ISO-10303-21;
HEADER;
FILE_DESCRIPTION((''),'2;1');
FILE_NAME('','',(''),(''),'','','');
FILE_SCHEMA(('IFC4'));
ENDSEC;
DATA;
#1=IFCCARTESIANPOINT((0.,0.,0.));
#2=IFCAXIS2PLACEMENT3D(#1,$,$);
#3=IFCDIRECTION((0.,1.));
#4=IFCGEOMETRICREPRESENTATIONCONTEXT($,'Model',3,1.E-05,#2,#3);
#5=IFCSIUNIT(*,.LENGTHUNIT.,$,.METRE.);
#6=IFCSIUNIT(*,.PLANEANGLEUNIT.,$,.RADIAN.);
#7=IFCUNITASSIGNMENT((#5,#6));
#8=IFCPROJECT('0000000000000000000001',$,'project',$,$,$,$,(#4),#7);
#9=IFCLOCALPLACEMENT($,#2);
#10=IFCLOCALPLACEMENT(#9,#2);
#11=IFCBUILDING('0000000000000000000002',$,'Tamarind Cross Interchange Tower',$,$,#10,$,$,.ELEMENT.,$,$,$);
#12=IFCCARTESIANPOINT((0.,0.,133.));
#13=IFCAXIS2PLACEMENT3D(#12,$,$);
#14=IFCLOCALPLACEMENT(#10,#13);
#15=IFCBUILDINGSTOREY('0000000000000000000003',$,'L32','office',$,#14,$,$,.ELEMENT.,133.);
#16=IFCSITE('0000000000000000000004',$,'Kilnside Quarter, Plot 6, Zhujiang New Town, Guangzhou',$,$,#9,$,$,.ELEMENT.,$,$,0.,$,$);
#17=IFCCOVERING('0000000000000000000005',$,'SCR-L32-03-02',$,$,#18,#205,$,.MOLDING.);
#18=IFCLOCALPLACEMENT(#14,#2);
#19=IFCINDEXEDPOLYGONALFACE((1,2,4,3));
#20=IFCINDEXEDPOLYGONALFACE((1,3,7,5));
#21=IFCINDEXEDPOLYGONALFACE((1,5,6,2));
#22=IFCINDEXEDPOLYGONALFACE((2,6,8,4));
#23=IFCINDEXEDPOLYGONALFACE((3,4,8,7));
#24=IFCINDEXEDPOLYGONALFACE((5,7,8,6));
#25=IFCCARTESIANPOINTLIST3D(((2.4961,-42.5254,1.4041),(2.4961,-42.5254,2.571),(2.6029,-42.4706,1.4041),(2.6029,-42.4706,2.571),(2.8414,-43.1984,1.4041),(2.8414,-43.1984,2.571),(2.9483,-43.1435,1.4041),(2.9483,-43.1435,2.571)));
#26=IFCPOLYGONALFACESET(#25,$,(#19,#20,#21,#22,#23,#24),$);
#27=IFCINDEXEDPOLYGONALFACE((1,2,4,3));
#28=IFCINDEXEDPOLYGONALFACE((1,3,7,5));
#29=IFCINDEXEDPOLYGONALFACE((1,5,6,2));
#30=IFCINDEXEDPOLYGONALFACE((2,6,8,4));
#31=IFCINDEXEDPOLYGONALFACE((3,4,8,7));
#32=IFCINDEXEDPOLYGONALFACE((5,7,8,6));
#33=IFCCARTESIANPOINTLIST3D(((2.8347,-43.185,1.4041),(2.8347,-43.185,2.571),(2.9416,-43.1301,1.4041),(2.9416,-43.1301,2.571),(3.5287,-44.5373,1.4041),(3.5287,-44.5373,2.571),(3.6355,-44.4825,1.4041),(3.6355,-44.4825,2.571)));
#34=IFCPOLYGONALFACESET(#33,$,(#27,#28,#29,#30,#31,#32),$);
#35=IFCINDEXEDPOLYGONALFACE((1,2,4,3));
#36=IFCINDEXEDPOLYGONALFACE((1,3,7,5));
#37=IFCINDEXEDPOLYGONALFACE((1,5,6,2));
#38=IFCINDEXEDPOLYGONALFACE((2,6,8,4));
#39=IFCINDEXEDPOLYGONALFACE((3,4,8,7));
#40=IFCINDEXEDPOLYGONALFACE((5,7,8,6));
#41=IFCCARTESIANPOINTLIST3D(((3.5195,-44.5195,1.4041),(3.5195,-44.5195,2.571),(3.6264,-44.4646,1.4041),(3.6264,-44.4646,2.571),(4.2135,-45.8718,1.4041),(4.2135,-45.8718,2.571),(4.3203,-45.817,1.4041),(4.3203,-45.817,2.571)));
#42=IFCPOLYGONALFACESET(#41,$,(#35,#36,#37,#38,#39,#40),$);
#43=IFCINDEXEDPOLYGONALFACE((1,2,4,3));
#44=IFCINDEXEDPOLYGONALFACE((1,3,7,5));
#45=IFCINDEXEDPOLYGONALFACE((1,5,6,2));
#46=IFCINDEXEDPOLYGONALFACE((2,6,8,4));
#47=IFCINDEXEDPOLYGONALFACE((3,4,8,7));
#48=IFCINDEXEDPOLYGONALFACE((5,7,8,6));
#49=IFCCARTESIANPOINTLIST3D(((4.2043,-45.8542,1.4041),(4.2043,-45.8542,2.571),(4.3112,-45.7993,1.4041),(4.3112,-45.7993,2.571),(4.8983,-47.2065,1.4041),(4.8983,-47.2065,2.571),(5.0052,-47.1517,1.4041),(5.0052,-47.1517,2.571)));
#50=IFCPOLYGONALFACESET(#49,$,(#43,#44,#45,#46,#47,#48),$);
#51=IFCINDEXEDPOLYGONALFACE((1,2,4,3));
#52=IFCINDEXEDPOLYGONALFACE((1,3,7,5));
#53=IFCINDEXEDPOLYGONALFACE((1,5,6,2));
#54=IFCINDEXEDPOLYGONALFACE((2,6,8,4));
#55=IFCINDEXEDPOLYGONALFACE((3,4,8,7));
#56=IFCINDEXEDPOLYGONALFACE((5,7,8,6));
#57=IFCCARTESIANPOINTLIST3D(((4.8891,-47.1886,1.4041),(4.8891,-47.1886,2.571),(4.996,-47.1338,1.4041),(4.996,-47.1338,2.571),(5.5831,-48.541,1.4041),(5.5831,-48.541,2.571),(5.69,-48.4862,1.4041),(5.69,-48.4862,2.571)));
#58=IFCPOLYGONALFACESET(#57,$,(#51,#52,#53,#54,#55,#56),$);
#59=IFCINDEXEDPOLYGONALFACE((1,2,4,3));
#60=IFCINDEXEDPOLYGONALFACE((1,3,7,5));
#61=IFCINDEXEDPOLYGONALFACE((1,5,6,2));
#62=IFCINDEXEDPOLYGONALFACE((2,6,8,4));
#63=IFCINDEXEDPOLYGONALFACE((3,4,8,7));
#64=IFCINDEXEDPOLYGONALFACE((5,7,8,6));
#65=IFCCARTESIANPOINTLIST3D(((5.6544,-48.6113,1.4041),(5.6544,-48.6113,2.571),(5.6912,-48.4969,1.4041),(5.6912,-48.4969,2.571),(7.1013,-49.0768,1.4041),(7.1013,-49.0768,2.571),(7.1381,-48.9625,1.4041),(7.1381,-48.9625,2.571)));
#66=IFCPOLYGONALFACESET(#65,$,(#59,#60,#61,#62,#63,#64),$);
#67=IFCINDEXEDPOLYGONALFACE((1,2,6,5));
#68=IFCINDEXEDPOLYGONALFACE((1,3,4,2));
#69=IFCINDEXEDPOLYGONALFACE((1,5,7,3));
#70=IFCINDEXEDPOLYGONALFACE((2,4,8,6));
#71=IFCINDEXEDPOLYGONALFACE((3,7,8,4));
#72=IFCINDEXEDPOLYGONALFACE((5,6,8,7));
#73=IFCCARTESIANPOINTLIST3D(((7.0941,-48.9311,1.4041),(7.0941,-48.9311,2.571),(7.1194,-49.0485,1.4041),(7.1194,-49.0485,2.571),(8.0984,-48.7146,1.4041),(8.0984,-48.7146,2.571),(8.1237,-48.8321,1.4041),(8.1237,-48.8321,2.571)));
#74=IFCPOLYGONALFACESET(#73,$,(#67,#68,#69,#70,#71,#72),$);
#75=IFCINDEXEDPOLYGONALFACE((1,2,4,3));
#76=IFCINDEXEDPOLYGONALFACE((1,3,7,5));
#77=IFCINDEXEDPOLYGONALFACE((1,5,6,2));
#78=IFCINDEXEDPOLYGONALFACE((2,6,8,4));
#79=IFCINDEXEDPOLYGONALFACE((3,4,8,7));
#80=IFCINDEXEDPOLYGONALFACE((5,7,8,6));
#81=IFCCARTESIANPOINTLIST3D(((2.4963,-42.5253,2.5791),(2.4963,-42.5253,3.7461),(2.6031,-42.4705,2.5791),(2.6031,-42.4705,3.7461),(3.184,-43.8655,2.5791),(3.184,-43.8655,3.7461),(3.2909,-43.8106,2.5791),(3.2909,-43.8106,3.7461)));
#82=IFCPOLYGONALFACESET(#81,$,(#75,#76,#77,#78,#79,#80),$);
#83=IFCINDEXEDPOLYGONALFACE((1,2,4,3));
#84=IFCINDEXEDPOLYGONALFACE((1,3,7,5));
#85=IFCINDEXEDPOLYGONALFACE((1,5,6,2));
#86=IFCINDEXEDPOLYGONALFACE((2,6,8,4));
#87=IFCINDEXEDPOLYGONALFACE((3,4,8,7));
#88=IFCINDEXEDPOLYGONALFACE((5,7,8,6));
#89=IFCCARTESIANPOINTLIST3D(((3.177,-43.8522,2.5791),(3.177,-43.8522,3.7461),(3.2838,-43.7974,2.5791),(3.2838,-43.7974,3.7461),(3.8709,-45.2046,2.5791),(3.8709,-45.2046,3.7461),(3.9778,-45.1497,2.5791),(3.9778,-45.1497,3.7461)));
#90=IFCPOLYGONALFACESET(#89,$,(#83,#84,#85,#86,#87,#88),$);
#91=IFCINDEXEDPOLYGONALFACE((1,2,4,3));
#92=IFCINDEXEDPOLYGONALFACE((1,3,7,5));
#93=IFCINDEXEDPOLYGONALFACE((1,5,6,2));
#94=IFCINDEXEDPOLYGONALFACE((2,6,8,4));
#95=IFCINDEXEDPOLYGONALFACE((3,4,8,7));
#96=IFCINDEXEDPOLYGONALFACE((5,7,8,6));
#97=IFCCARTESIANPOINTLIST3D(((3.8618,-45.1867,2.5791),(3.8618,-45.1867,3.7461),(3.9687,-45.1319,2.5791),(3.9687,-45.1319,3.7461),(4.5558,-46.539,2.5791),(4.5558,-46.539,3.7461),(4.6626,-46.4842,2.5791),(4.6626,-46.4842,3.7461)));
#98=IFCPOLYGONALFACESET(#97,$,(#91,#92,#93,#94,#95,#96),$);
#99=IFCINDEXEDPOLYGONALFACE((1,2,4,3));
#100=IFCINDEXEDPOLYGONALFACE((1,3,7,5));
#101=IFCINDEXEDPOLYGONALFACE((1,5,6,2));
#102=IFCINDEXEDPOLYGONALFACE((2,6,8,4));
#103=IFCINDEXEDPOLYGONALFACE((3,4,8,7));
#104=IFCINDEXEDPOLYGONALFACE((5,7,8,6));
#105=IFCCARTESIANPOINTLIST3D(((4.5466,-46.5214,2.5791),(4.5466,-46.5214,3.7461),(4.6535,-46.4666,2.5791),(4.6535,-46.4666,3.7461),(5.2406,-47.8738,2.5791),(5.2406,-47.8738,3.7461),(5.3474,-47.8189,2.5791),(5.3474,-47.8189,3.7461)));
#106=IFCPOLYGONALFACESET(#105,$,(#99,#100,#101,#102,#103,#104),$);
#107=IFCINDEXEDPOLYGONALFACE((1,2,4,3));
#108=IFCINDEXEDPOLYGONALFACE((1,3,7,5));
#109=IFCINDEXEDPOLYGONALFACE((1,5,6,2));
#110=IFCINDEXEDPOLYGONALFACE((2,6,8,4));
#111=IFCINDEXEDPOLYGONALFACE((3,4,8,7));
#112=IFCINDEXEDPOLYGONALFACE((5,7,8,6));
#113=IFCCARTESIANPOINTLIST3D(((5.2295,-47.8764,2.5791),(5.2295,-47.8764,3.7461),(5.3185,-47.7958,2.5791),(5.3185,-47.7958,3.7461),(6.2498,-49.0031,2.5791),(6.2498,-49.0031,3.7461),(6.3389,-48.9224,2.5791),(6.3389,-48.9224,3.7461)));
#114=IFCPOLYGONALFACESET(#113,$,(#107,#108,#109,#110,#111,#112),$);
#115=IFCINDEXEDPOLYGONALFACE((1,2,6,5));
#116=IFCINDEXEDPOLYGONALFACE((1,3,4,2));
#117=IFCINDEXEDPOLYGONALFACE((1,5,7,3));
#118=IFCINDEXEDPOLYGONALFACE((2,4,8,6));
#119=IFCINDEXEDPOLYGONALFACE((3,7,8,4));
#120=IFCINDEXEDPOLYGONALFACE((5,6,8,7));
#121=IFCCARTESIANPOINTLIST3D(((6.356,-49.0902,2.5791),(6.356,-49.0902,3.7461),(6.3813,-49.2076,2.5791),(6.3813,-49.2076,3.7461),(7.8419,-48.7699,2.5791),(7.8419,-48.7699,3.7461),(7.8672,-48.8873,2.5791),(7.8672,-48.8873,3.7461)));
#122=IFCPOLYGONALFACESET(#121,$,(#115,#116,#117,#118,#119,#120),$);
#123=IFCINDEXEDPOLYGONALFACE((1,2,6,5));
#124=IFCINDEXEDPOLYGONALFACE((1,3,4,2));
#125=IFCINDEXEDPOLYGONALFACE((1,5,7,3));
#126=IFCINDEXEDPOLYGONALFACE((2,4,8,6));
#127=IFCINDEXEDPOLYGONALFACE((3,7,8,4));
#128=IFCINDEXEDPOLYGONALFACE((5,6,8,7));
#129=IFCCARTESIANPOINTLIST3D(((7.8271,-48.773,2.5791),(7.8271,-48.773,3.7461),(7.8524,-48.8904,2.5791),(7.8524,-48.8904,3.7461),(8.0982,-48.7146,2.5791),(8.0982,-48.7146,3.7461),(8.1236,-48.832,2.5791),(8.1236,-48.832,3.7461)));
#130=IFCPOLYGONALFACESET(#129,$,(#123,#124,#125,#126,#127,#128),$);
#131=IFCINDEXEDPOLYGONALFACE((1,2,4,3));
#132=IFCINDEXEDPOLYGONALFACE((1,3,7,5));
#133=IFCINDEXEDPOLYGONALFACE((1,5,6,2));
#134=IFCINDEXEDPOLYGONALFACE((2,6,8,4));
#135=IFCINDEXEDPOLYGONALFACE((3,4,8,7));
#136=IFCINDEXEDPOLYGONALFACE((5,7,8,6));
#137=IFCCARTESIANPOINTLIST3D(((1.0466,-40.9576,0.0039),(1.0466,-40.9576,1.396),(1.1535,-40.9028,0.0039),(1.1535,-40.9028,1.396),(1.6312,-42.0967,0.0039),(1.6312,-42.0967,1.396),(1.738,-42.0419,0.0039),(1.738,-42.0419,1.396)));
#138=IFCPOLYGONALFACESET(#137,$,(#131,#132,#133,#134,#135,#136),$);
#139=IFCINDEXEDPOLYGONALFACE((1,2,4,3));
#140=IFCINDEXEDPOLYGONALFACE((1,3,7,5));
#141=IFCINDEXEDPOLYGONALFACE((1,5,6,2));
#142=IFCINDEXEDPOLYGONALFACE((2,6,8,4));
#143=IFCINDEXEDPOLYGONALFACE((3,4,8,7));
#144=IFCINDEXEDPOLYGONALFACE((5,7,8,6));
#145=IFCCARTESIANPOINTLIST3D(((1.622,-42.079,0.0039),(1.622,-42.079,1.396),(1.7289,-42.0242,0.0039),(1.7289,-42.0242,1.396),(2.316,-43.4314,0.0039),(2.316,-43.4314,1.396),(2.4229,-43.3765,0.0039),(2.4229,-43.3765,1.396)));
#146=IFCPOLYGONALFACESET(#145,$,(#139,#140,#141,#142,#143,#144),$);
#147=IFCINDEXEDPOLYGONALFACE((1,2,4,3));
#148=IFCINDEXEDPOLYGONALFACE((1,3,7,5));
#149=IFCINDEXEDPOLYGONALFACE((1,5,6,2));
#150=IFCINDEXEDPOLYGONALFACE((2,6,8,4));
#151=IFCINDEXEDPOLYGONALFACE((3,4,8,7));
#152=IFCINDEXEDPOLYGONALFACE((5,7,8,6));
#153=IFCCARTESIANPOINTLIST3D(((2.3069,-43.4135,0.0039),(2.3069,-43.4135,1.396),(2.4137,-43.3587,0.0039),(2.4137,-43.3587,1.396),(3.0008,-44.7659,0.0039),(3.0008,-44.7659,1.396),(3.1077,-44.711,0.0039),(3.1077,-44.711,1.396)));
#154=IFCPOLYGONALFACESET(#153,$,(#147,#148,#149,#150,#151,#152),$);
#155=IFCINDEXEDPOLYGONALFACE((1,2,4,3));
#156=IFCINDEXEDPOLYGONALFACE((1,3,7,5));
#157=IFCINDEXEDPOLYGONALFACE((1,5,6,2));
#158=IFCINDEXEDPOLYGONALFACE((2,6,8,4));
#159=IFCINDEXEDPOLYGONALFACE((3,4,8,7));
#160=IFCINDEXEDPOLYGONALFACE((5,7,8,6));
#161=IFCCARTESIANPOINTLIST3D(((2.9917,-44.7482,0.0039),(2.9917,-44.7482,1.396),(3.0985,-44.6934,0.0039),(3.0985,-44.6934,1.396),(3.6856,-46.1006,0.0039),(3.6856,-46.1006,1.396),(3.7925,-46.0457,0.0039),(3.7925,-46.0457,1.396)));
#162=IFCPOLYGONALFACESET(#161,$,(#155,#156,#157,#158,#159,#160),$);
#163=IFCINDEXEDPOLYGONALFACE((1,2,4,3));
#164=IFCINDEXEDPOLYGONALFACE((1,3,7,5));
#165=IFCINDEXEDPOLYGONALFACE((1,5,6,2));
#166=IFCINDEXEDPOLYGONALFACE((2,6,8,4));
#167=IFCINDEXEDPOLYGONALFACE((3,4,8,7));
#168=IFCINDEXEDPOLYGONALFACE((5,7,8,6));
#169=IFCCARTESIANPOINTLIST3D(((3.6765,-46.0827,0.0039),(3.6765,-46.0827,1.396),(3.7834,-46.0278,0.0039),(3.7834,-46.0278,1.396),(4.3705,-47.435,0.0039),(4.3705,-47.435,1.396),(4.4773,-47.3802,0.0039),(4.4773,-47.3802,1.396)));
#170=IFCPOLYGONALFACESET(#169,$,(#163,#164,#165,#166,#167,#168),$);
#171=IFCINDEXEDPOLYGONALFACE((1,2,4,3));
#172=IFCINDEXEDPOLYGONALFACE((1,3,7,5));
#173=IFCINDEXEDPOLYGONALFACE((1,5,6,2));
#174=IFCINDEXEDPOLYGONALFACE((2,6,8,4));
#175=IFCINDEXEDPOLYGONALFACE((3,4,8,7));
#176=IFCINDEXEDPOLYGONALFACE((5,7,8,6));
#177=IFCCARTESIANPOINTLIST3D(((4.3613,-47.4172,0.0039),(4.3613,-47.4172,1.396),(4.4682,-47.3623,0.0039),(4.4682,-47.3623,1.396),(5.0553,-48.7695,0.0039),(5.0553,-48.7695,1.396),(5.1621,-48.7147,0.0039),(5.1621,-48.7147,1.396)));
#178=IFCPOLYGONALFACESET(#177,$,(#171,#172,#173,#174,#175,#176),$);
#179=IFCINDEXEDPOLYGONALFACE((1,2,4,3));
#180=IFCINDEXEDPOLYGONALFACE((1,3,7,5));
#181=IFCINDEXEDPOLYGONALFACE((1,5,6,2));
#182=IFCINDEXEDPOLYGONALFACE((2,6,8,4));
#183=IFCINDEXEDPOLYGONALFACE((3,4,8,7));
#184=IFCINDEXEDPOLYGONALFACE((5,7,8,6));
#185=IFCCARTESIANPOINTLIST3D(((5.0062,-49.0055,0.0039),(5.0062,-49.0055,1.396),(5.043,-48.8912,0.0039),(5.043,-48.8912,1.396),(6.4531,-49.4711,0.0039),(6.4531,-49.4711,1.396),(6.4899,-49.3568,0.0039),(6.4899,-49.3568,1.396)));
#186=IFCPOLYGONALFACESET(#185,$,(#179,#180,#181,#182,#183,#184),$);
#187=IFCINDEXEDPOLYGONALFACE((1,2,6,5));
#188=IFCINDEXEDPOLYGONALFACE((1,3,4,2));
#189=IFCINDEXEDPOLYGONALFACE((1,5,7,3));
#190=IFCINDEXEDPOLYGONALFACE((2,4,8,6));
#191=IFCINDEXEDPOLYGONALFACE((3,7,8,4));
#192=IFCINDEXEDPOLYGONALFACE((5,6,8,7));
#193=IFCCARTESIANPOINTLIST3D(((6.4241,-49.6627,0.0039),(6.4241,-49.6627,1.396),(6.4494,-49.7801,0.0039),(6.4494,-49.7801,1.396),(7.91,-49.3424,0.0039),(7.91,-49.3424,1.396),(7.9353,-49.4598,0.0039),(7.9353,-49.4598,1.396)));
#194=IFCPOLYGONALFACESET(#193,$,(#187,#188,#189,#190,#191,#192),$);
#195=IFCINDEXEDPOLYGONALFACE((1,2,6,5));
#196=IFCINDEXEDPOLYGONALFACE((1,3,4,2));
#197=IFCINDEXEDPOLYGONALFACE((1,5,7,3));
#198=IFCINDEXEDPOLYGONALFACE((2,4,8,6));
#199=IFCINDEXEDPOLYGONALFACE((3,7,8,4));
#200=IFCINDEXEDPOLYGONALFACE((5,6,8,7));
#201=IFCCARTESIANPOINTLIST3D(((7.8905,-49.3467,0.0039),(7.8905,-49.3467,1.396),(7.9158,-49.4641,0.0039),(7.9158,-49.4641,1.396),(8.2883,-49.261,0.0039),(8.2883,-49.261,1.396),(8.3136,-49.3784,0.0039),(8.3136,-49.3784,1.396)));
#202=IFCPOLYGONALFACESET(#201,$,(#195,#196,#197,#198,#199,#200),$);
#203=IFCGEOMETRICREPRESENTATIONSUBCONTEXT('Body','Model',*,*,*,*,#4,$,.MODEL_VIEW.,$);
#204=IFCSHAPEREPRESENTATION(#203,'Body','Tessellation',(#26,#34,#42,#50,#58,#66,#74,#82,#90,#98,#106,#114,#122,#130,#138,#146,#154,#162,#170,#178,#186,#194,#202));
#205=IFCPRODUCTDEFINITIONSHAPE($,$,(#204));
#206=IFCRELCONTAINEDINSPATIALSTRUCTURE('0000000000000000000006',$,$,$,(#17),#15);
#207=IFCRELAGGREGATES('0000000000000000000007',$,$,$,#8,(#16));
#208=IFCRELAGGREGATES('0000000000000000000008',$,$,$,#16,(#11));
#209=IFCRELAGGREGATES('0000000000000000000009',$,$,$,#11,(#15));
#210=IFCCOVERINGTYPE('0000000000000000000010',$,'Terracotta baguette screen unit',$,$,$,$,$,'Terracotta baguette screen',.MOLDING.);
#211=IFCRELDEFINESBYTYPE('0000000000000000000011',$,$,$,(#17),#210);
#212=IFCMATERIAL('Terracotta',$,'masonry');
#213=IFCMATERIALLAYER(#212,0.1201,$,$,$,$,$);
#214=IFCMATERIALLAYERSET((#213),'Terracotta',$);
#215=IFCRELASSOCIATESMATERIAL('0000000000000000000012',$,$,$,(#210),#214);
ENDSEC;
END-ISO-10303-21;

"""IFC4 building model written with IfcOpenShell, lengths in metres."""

from ifc_helpers import new_model, si_unit, direction, frame, origin, origin_2d, place, context, subcontext, project, spatial, rectangle, extrude, material, layer, layer_set, type_object, element, save


model = new_model("IFC4")

# Units and contexts
model_context = context("Model", 3, precision=1e-05, world=origin(), true_north=direction((0.0, 1.0)))
body_context = subcontext(model_context, "Body", "Model", "MODEL_VIEW")
ifc_project = project(units=[si_unit("LENGTHUNIT", "METRE"), si_unit("PLANEANGLEUNIT", "RADIAN")], contexts=[model_context])

# Site, building, storey
site_placement = place(None, origin())
site = spatial("IfcSite", under=ifc_project, at=site_placement, Name="Kilnside Quarter, Plot 6, Zhujiang New Town, Guangzhou", CompositionType="ELEMENT", RefElevation=0.0)
building_placement = place(site_placement, origin())
building = spatial("IfcBuilding", under=site, at=building_placement, Name="Tamarind Cross Interchange Tower", CompositionType="ELEMENT")
storey_placement = place(building_placement, frame((0.0, 0.0, 133.0)))
storey = spatial("IfcBuildingStorey", under=building, at=storey_placement, Name="L32", Description="office", CompositionType="ELEMENT", Elevation=133.0)

# Covering
ifc_material_1 = material(Name="Terracotta", Category="masonry")
ifc_layer_1 = layer(ifc_material_1, 0.1201)
ifc_layer_set_1 = layer_set([ifc_layer_1], Name="Terracotta")
covering_type = type_object("IfcCoveringType", Name="Terracotta baguette screen unit", ElementType="Terracotta baguette screen", PredefinedType="MOLDING", material=ifc_layer_set_1)
covering_1_placement = place(storey_placement, origin())
element("IfcCovering", 1, at=covering_1_placement, inside=storey, type_object=covering_type, Name="SCR-L32-03-02", PredefinedType="MOLDING", context=body_context, shape_type="SweptSolid", body=[
    extrude(rectangle(XDim=0.7563, YDim=0.1201, at=origin_2d()), frame((2.7222, -42.8345, 1.4041), z_axis=(0.0, 0.0, 1.0), x_axis=(0.456551, -0.889697, 0.0)), (0.0, 0.0, 1.0), 1.167),
    extrude(rectangle(XDim=1.52, YDim=0.1201, at=origin_2d()), frame((3.2351, -43.8337, 1.4041), z_axis=(0.0, 0.0, 1.0), x_axis=(0.456551, -0.889697, 0.0)), (0.0, 0.0, 1.0), 1.167),
    extrude(rectangle(XDim=1.52, YDim=0.1201, at=origin_2d()), frame((3.9199, -45.1682, 1.4041), z_axis=(0.0, 0.0, 1.0), x_axis=(0.456551, -0.889697, 0.0)), (0.0, 0.0, 1.0), 1.167),
    extrude(rectangle(XDim=1.52, YDim=0.1201, at=origin_2d()), frame((4.6047, -46.5029, 1.4041), z_axis=(0.0, 0.0, 1.0), x_axis=(0.456551, -0.889697, 0.0)), (0.0, 0.0, 1.0), 1.167),
    extrude(rectangle(XDim=1.52, YDim=0.1201, at=origin_2d()), frame((5.2896, -47.8374, 1.4041), z_axis=(0.0, 0.0, 1.0), x_axis=(0.456551, -0.889697, 0.0)), (0.0, 0.0, 1.0), 1.167),
    extrude(rectangle(XDim=1.52, YDim=0.1201, at=origin_2d()), frame((6.3962, -48.7869, 1.4041), z_axis=(0.0, 0.0, 1.0), x_axis=(0.951941, -0.30628, 0.0)), (0.0, 0.0, 1.0), 1.167),
    extrude(rectangle(XDim=1.0273, YDim=0.1201, at=origin_2d()), frame((7.6089, -48.8816, 1.4041), z_axis=(0.0, 0.0, 1.0), x_axis=(0.977546, 0.210724, 0.0)), (0.0, 0.0, 1.0), 1.167),
    extrude(rectangle(XDim=1.5063, YDim=0.1201, at=origin_2d()), frame((2.8936, -43.168, 2.5791), z_axis=(0.0, 0.0, 1.0), x_axis=(0.456551, -0.889697, 0.0)), (0.0, 0.0, 1.0), 1.167),
    extrude(rectangle(XDim=1.52, YDim=0.1201, at=origin_2d()), frame((3.5774, -44.501, 2.5791), z_axis=(0.0, 0.0, 1.0), x_axis=(0.456551, -0.889697, 0.0)), (0.0, 0.0, 1.0), 1.167),
    extrude(rectangle(XDim=1.52, YDim=0.1201, at=origin_2d()), frame((4.2622, -45.8354, 2.5791), z_axis=(0.0, 0.0, 1.0), x_axis=(0.456551, -0.889697, 0.0)), (0.0, 0.0, 1.0), 1.167),
    extrude(rectangle(XDim=1.52, YDim=0.1201, at=origin_2d()), frame((4.947, -47.1702, 2.5791), z_axis=(0.0, 0.0, 1.0), x_axis=(0.456551, -0.889697, 0.0)), (0.0, 0.0, 1.0), 1.167),
    extrude(rectangle(XDim=1.52, YDim=0.1201, at=origin_2d()), frame((5.7842, -48.3994, 2.5791), z_axis=(0.0, 0.0, 1.0), x_axis=(0.671265, -0.741217, 0.0)), (0.0, 0.0, 1.0), 1.167),
    extrude(rectangle(XDim=1.52, YDim=0.1201, at=origin_2d()), frame((7.1116, -48.9888, 2.5791), z_axis=(0.0, 0.0, 1.0), x_axis=(0.977546, 0.210724, 0.0)), (0.0, 0.0, 1.0), 1.167),
    extrude(rectangle(XDim=0.2773, YDim=0.1201, at=origin_2d()), frame((7.9753, -48.8025, 2.5791), z_axis=(0.0, 0.0, 1.0), x_axis=(0.977546, 0.210724, 0.0)), (0.0, 0.0, 1.0), 1.167),
    extrude(rectangle(XDim=1.2803, YDim=0.1201, at=origin_2d()), frame((1.3923, -41.4998, 0.0039), z_axis=(0.0, 0.0, 1.0), x_axis=(0.456551, -0.889697, 0.0)), (0.0, 0.0, 1.0), 1.3921),
    extrude(rectangle(XDim=1.52, YDim=0.1201, at=origin_2d()), frame((2.0225, -42.7278, 0.0039), z_axis=(0.0, 0.0, 1.0), x_axis=(0.456551, -0.889697, 0.0)), (0.0, 0.0, 1.0), 1.3921),
    extrude(rectangle(XDim=1.52, YDim=0.1201, at=origin_2d()), frame((2.7073, -44.0623, 0.0039), z_axis=(0.0, 0.0, 1.0), x_axis=(0.456551, -0.889697, 0.0)), (0.0, 0.0, 1.0), 1.3921),
    extrude(rectangle(XDim=1.52, YDim=0.1201, at=origin_2d()), frame((3.3921, -45.397, 0.0039), z_axis=(0.0, 0.0, 1.0), x_axis=(0.456551, -0.889697, 0.0)), (0.0, 0.0, 1.0), 1.3921),
    extrude(rectangle(XDim=1.52, YDim=0.1201, at=origin_2d()), frame((4.0769, -46.7314, 0.0039), z_axis=(0.0, 0.0, 1.0), x_axis=(0.456551, -0.889697, 0.0)), (0.0, 0.0, 1.0), 1.3921),
    extrude(rectangle(XDim=1.52, YDim=0.1201, at=origin_2d()), frame((4.7617, -48.0659, 0.0039), z_axis=(0.0, 0.0, 1.0), x_axis=(0.456551, -0.889697, 0.0)), (0.0, 0.0, 1.0), 1.3921),
    extrude(rectangle(XDim=1.52, YDim=0.1201, at=origin_2d()), frame((5.748, -49.1812, 0.0039), z_axis=(0.0, 0.0, 1.0), x_axis=(0.951941, -0.30628, 0.0)), (0.0, 0.0, 1.0), 1.3921),
    extrude(rectangle(XDim=1.52, YDim=0.1201, at=origin_2d()), frame((7.1797, -49.5613, 0.0039), z_axis=(0.0, 0.0, 1.0), x_axis=(0.977546, 0.210724, 0.0)), (0.0, 0.0, 1.0), 1.3921),
    extrude(rectangle(XDim=0.407, YDim=0.1201, at=origin_2d()), frame((8.1021, -49.3625, 0.0039), z_axis=(0.0, 0.0, 1.0), x_axis=(0.977546, 0.210724, 0.0)), (0.0, 0.0, 1.0), 1.3921),
])

save(model, "model.ifc")
